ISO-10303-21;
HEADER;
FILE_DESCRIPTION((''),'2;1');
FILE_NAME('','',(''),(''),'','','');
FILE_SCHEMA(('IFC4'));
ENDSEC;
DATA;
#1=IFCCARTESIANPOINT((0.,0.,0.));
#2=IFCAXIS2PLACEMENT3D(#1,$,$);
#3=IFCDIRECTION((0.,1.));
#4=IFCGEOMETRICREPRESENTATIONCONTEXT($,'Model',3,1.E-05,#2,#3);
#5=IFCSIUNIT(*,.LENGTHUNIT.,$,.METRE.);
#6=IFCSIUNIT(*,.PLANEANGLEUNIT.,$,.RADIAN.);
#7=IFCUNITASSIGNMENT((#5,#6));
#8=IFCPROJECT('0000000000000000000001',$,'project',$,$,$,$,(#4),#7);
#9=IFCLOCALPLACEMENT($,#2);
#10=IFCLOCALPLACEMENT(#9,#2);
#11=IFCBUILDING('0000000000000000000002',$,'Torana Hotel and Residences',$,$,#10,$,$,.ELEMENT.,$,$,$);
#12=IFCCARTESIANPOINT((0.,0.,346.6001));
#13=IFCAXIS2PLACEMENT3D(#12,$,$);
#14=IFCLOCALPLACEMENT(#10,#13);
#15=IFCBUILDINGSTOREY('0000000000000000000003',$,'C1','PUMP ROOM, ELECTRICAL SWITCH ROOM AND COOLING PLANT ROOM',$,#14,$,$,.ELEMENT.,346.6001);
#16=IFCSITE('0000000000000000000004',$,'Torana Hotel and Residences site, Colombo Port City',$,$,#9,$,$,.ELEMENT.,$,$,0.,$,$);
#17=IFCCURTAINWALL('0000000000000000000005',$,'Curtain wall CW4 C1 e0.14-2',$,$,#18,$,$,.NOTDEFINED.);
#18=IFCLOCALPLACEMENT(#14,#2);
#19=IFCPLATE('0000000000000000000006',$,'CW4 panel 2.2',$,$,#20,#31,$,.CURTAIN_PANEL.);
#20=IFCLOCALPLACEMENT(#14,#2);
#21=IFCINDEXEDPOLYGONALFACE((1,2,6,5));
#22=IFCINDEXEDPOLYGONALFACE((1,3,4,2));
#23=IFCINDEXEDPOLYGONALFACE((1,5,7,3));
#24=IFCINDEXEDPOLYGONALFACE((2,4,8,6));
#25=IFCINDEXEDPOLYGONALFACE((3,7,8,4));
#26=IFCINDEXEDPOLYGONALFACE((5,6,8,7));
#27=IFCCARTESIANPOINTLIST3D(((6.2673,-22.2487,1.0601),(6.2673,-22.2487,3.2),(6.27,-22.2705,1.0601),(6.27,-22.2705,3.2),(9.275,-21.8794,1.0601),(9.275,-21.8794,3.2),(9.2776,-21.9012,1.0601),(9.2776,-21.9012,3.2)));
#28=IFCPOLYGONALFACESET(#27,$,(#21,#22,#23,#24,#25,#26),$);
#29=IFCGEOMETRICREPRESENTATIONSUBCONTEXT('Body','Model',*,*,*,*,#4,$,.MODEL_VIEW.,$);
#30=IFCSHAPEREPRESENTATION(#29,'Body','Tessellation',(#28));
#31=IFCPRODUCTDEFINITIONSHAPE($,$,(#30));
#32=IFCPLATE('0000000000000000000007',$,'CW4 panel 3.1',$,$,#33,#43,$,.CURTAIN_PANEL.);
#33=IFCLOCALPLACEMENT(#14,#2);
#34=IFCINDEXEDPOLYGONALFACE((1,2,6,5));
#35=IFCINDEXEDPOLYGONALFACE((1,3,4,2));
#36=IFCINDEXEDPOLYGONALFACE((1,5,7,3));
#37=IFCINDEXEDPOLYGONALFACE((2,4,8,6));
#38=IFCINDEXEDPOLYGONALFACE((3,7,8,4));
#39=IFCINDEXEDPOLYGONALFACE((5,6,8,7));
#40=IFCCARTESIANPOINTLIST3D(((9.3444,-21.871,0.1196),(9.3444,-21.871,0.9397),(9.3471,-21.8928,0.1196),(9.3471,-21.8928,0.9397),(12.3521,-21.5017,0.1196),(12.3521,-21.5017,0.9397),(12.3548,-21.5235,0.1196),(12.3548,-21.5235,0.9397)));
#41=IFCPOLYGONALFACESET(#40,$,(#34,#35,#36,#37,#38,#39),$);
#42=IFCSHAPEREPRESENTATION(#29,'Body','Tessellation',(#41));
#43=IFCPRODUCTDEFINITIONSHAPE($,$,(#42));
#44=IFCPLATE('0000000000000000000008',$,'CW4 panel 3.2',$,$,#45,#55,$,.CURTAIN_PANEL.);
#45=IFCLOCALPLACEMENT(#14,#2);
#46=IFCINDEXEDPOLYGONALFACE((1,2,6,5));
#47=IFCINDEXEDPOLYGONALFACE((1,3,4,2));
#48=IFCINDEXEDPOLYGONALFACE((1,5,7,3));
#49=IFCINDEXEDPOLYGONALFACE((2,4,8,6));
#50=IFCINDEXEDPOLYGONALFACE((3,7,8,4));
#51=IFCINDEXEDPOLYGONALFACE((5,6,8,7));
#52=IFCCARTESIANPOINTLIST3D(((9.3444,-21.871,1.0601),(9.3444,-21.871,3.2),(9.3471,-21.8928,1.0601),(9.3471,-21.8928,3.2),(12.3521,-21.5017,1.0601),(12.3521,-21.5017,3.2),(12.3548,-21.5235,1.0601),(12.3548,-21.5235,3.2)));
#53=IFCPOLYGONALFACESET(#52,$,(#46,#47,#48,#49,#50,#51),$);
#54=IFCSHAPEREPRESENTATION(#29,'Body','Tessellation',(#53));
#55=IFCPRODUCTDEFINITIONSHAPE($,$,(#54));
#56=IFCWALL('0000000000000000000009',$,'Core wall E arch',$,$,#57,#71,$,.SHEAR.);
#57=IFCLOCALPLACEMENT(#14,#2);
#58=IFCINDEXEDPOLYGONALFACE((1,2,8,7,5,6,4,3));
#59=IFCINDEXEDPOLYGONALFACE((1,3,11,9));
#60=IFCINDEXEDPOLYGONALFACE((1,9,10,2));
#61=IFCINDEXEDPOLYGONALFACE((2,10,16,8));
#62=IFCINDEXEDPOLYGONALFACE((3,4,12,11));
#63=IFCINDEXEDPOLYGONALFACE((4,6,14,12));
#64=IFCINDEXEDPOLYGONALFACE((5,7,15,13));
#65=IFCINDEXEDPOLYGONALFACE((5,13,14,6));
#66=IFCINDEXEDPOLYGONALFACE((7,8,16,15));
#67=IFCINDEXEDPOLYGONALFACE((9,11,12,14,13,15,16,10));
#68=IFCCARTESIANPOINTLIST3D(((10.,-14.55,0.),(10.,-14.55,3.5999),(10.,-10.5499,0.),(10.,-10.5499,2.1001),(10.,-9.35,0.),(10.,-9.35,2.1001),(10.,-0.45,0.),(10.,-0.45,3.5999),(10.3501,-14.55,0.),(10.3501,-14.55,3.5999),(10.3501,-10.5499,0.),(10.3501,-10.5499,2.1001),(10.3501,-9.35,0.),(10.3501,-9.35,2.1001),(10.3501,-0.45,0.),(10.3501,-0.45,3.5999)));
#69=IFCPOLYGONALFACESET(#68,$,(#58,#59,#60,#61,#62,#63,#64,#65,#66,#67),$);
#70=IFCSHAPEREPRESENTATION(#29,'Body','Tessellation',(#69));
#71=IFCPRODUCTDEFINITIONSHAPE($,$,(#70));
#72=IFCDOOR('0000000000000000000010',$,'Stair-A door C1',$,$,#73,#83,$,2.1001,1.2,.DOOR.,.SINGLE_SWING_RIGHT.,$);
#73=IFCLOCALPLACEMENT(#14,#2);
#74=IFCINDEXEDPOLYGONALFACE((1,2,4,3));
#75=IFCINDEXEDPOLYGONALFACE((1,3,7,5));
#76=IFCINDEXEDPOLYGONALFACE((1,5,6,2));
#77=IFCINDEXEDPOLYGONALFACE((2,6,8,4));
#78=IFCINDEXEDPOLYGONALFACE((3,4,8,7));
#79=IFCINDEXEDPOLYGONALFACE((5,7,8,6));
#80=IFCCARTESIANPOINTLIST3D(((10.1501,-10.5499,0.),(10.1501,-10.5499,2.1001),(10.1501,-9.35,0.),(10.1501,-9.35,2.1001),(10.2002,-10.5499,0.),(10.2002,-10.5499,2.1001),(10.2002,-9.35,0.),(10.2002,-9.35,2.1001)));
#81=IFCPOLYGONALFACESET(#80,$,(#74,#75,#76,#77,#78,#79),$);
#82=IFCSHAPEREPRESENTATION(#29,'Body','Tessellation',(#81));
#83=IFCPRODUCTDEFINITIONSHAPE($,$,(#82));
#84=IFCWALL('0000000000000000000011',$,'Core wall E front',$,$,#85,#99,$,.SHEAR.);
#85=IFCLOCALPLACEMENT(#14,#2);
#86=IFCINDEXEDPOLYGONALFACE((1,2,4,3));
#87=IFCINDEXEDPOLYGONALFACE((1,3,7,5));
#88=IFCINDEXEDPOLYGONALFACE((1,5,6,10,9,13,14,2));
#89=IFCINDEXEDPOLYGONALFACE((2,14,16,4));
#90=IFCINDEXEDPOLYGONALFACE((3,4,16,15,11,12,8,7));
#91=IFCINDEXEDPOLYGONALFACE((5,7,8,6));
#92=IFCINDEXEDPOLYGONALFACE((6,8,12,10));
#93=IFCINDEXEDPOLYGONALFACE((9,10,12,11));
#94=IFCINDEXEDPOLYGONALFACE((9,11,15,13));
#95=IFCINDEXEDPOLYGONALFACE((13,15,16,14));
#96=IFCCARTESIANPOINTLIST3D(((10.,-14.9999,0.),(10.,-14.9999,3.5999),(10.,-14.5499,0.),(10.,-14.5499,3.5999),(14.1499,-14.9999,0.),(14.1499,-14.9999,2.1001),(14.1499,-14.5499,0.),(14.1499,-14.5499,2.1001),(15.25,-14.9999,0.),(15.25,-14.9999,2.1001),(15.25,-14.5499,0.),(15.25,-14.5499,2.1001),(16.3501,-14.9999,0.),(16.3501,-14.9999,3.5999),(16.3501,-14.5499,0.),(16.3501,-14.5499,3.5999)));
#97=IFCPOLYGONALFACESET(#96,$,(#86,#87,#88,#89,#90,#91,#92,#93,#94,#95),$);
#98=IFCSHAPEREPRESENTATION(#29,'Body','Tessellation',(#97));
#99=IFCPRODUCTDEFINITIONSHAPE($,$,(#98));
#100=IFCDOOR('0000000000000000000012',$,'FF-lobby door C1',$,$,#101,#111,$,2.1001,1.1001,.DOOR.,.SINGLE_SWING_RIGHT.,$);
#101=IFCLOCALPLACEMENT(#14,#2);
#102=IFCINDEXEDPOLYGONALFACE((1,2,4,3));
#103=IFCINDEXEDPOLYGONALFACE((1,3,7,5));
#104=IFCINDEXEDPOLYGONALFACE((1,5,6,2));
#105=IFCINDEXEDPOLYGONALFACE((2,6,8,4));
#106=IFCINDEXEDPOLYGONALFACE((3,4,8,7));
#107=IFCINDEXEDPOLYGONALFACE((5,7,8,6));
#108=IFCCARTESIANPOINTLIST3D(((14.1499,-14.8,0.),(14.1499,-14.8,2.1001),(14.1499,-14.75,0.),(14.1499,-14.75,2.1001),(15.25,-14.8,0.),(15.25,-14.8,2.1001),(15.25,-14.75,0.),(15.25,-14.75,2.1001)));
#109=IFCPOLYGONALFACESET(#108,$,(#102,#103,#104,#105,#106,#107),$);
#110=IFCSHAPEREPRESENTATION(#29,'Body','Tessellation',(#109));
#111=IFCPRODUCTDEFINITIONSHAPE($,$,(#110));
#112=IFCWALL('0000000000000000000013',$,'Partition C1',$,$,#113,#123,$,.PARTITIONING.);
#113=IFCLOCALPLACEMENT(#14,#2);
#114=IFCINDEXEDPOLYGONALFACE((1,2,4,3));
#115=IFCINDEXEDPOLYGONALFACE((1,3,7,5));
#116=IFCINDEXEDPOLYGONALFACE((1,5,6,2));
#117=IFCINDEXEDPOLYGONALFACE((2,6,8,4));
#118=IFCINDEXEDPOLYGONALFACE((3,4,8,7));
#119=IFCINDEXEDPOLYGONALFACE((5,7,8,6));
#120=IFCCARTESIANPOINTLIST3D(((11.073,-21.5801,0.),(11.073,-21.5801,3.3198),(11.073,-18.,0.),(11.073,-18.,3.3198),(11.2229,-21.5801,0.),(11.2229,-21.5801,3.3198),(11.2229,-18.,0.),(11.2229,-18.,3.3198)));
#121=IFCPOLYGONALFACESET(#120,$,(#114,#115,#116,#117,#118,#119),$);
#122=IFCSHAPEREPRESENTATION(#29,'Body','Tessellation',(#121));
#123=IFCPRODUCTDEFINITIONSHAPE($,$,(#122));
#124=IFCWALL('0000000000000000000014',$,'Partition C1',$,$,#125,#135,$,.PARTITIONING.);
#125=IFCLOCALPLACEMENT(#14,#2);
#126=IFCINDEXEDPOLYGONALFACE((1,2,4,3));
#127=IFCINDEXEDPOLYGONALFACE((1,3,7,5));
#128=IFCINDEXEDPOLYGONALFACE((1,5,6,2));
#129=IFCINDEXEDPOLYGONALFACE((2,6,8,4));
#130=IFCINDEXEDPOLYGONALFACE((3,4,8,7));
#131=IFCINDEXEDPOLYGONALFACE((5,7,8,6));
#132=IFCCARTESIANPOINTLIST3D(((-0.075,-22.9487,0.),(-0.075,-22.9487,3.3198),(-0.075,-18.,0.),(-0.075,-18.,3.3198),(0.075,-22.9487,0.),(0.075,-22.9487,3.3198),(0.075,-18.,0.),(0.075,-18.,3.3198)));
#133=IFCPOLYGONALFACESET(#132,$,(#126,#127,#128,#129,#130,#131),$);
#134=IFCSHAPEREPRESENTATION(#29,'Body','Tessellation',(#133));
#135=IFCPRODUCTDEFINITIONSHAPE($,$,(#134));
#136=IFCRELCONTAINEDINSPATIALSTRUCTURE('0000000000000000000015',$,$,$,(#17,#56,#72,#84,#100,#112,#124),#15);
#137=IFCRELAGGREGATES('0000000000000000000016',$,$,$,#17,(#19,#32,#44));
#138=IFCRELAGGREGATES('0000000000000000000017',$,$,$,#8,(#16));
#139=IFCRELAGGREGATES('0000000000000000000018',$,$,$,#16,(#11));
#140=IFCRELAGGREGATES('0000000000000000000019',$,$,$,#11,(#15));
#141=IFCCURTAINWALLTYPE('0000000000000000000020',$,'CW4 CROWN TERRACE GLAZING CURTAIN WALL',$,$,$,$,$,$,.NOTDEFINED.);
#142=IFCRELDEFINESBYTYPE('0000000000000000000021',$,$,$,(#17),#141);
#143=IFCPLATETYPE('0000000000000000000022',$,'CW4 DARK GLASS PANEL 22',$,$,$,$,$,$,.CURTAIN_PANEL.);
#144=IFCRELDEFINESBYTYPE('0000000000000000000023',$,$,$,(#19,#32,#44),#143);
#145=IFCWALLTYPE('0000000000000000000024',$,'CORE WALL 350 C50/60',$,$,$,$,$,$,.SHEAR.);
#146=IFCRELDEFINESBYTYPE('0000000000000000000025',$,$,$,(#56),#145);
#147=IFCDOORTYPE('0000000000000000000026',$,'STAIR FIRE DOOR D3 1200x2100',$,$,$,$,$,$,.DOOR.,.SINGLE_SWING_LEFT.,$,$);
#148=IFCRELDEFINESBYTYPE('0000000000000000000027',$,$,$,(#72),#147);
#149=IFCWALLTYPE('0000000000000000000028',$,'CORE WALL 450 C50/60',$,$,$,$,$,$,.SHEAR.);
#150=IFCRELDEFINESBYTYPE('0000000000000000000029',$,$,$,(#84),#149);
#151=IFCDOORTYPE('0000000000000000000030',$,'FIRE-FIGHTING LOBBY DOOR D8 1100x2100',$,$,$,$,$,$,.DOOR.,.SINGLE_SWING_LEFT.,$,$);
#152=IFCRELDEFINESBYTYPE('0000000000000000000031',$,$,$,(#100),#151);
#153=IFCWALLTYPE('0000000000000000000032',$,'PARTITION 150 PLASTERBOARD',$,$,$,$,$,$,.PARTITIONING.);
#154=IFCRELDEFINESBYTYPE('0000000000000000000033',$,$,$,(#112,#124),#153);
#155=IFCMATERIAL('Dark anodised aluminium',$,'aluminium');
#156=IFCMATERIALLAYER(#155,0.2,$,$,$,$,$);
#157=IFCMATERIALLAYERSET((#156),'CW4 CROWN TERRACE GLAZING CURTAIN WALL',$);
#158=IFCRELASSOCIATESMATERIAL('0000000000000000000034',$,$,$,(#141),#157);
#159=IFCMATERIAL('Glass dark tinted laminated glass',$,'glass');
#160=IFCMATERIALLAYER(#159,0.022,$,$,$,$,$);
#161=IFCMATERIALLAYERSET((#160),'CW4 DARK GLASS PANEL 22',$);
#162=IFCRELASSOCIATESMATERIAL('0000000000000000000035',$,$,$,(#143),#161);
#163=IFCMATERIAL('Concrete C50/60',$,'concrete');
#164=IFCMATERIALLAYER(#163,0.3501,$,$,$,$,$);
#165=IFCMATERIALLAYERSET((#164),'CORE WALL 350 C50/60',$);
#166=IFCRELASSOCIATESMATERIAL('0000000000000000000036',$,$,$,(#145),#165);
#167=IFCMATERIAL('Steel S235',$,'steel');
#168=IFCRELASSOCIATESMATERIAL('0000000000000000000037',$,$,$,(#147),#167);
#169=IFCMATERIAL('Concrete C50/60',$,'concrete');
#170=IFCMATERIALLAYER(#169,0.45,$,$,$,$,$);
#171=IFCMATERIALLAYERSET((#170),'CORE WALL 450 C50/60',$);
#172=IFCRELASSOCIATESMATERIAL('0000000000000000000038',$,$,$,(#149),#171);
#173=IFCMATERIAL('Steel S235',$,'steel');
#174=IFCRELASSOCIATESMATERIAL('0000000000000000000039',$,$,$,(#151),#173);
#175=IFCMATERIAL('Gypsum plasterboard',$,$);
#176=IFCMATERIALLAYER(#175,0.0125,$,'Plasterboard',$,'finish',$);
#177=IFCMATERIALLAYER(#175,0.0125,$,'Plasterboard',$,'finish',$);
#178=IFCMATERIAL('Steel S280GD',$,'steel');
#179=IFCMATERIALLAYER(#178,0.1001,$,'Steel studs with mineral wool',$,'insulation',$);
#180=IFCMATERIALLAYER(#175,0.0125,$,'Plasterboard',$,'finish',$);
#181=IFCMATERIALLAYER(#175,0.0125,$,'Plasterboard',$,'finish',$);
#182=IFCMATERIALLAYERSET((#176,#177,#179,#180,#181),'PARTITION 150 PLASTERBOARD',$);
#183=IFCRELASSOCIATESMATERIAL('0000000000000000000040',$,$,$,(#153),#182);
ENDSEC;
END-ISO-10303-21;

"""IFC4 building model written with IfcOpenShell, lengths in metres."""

from ifc_helpers import new_model, si_unit, direction, frame, frame_2d, origin, origin_2d, place, context, subcontext, project, spatial, rectangle, extrude, material, layer, layer_set, type_object, element, fill, aggregate, save


model = new_model("IFC4")

# Units and contexts
model_context = context("Model", 3, precision=1e-05, world=origin(), true_north=direction((0.0, 1.0)))
body_context = subcontext(model_context, "Body", "Model", "MODEL_VIEW")
ifc_project = project(units=[si_unit("LENGTHUNIT", "METRE"), si_unit("PLANEANGLEUNIT", "RADIAN")], contexts=[model_context])

# Site, building, storey
site_placement = place(None, origin())
site = spatial("IfcSite", under=ifc_project, at=site_placement, Name="Torana Hotel and Residences site, Colombo Port City", CompositionType="ELEMENT", RefElevation=0.0)
building_placement = place(site_placement, origin())
building = spatial("IfcBuilding", under=site, at=building_placement, Name="Torana Hotel and Residences", CompositionType="ELEMENT")
storey_placement = place(building_placement, frame((0.0, 0.0, 346.6001)))
storey = spatial("IfcBuildingStorey", under=building, at=storey_placement, Name="C1", Description="PUMP ROOM, ELECTRICAL SWITCH ROOM AND COOLING PLANT ROOM", CompositionType="ELEMENT", Elevation=346.6001)

# Shared definitions
ifc_material_1 = material(Name="Dark anodised aluminium", Category="aluminium")
ifc_layer_1 = layer(ifc_material_1, 0.2)
ifc_layer_set_1 = layer_set([ifc_layer_1], Name="CW4 CROWN TERRACE GLAZING CURTAIN WALL")
curtain_wall_type = type_object("IfcCurtainWallType", Name="CW4 CROWN TERRACE GLAZING CURTAIN WALL", PredefinedType="NOTDEFINED", material=ifc_layer_set_1)

# Curtain wall, plates
curtain_wall_1_placement = place(storey_placement, origin())
curtain_wall_1 = element("IfcCurtainWall", 1, at=curtain_wall_1_placement, inside=storey, type_object=curtain_wall_type, Name="Curtain wall CW4 C1 e0.14-2", PredefinedType="NOTDEFINED")
ifc_material_2 = material(Name="Glass dark tinted laminated glass", Category="glass")
ifc_layer_2 = layer(ifc_material_2, 0.022)
ifc_layer_set_2 = layer_set([ifc_layer_2], Name="CW4 DARK GLASS PANEL 22")
plate_type = type_object("IfcPlateType", Name="CW4 DARK GLASS PANEL 22", PredefinedType="CURTAIN_PANEL", material=ifc_layer_set_2)
plate_1_placement = place(storey_placement, frame((7.7725, -22.075, 1.0601), z_axis=(0.0, 0.0, 1.0), x_axis=(0.992547, 0.121865, 0.0)))
plate_1 = element("IfcPlate", 2, at=plate_1_placement, type_object=plate_type, Name="CW4 panel 2.2", PredefinedType="CURTAIN_PANEL", context=body_context, shape_type="SweptSolid", body=[
    extrude(rectangle(XDim=3.0303, YDim=0.022, at=origin_2d()), origin(), (0.0, 0.0, 1.0), 2.1399),
])
plate_2_placement = place(storey_placement, frame((10.8496, -21.6973, 0.1196), z_axis=(0.0, 0.0, 1.0), x_axis=(0.992547, 0.121865, 0.0)))
plate_2 = element("IfcPlate", 3, at=plate_2_placement, type_object=plate_type, Name="CW4 panel 3.1", PredefinedType="CURTAIN_PANEL", context=body_context, shape_type="SweptSolid", body=[
    extrude(rectangle(XDim=3.0303, YDim=0.022, at=origin_2d()), origin(), (0.0, 0.0, 1.0), 0.8201),
])
plate_3_placement = place(storey_placement, frame((10.8496, -21.6973, 1.0601), z_axis=(0.0, 0.0, 1.0), x_axis=(0.992547, 0.121865, 0.0)))
plate_3 = element("IfcPlate", 4, at=plate_3_placement, type_object=plate_type, Name="CW4 panel 3.2", PredefinedType="CURTAIN_PANEL", context=body_context, shape_type="SweptSolid", body=[
    extrude(rectangle(XDim=3.0303, YDim=0.022, at=origin_2d()), origin(), (0.0, 0.0, 1.0), 2.1399),
])
aggregate(curtain_wall_1, [plate_1, plate_2, plate_3])

# Walls, openings, doors
ifc_material_3 = material(Name="Concrete C50/60", Category="concrete")
ifc_layer_3 = layer(ifc_material_3, 0.3501)
ifc_layer_set_3 = layer_set([ifc_layer_3], Name="CORE WALL 350 C50/60")
wall_type_1 = type_object("IfcWallType", Name="CORE WALL 350 C50/60", PredefinedType="SHEAR", material=ifc_layer_set_3)
wall_1_placement = place(storey_placement, frame((10.175, -14.55, 0.0), z_axis=(0.0, 0.0, 1.0), x_axis=(0.0, 1.0, 0.0)))
wall_1 = element("IfcWall", 5, at=wall_1_placement, inside=storey, type_object=wall_type_1, Name="Core wall E arch", PredefinedType="SHEAR", context=body_context, shape_type="SweptSolid", body=[
    extrude(rectangle(XDim=14.1001, YDim=0.3501, at=frame_2d((7.05, 0.0))), origin(), (0.0, 0.0, 1.0), 3.5999),
])
opening_1_placement = place(wall_1_placement, frame((4.0, 0.0, 0.0)))
opening_1 = element("IfcOpeningElement", 6, at=opening_1_placement, cuts=wall_1, PredefinedType="OPENING", context=body_context, shape_type="SweptSolid", body=[
    extrude(rectangle(XDim=1.2, YDim=2.1001, at=frame_2d((0.6001, 1.05))), frame((0.0, 0.1851, 0.0), z_axis=(0.0, -1.0, 0.0), x_axis=(1.0, 0.0, 0.0)), (0.0, 0.0, 1.0), 0.3701),
])
ifc_material_4 = material(Name="Steel S235", Category="steel")
door_type_1 = type_object("IfcDoorType", Name="STAIR FIRE DOOR D3 1200x2100", OperationType="SINGLE_SWING_LEFT", PredefinedType="DOOR", material=ifc_material_4)
door_1_placement = place(opening_1_placement, frame((0.6001, 0.0, 0.0), z_axis=(0.0, 0.0, 1.0), x_axis=(-1.0, 0.0, 0.0)))
door_1 = element("IfcDoor", 7, at=door_1_placement, inside=storey, type_object=door_type_1, Name="Stair-A door C1", OperationType="SINGLE_SWING_RIGHT", OverallHeight=2.1001, OverallWidth=1.2, PredefinedType="DOOR", context=body_context, shape_type="SweptSolid", body=[
    extrude(rectangle(XDim=1.2, YDim=2.1001, at=frame_2d((0.0, 1.05))), frame((0.0, -0.0249, 0.0), z_axis=(0.0, 1.0, 0.0), x_axis=(-1.0, 0.0, 0.0)), (0.0, 0.0, 1.0), 0.05),
])
fill(opening_1, door_1)
ifc_material_5 = material(Name="Concrete C50/60", Category="concrete")
ifc_layer_4 = layer(ifc_material_5, 0.45)
ifc_layer_set_4 = layer_set([ifc_layer_4], Name="CORE WALL 450 C50/60")
wall_type_2 = type_object("IfcWallType", Name="CORE WALL 450 C50/60", PredefinedType="SHEAR", material=ifc_layer_set_4)
wall_2_placement = place(storey_placement, frame((10.0, -14.7749, 0.0), z_axis=(0.0, 0.0, 1.0), x_axis=(1.0, 0.0, 0.0)))
wall_2 = element("IfcWall", 8, at=wall_2_placement, inside=storey, type_object=wall_type_2, Name="Core wall E front", PredefinedType="SHEAR", context=body_context, shape_type="SweptSolid", body=[
    extrude(rectangle(XDim=6.3501, YDim=0.45, at=frame_2d((3.175, 0.0))), origin(), (0.0, 0.0, 1.0), 3.5999),
])
opening_2_placement = place(wall_2_placement, frame((4.1499, 0.0, 0.0)))
opening_2 = element("IfcOpeningElement", 9, at=opening_2_placement, cuts=wall_2, PredefinedType="OPENING", context=body_context, shape_type="SweptSolid", body=[
    extrude(rectangle(XDim=1.1001, YDim=2.1001, at=frame_2d((0.55, 1.05))), frame((0.0, 0.2349, 0.0), z_axis=(0.0, -1.0, 0.0), x_axis=(1.0, 0.0, 0.0)), (0.0, 0.0, 1.0), 0.47),
])
ifc_material_6 = material(Name="Steel S235", Category="steel")
door_type_2 = type_object("IfcDoorType", Name="FIRE-FIGHTING LOBBY DOOR D8 1100x2100", OperationType="SINGLE_SWING_LEFT", PredefinedType="DOOR", material=ifc_material_6)
door_2_placement = place(opening_2_placement, origin())
door_2 = element("IfcDoor", 10, at=door_2_placement, inside=storey, type_object=door_type_2, Name="FF-lobby door C1", OperationType="SINGLE_SWING_RIGHT", OverallHeight=2.1001, OverallWidth=1.1001, PredefinedType="DOOR", context=body_context, shape_type="SweptSolid", body=[
    extrude(rectangle(XDim=1.1001, YDim=2.1001, at=frame_2d((0.55, 1.05))), frame((0.0, 0.0249, 0.0), z_axis=(0.0, -1.0, 0.0), x_axis=(1.0, 0.0, 0.0)), (0.0, 0.0, 1.0), 0.05),
])
fill(opening_2, door_2)

# Walls
ifc_material_7 = material(Name="Gypsum plasterboard")
ifc_layer_5 = layer(ifc_material_7, 0.0125, Name="Plasterboard", Category="finish")
ifc_layer_6 = layer(ifc_material_7, 0.0125, Name="Plasterboard", Category="finish")
ifc_material_8 = material(Name="Steel S280GD", Category="steel")
ifc_layer_7 = layer(ifc_material_8, 0.1001, Name="Steel studs with mineral wool", Category="insulation")
ifc_layer_8 = layer(ifc_material_7, 0.0125, Name="Plasterboard", Category="finish")
ifc_layer_9 = layer(ifc_material_7, 0.0125, Name="Plasterboard", Category="finish")
ifc_layer_set_5 = layer_set([ifc_layer_5, ifc_layer_6, ifc_layer_7, ifc_layer_8, ifc_layer_9], Name="PARTITION 150 PLASTERBOARD")
wall_type_3 = type_object("IfcWallType", Name="PARTITION 150 PLASTERBOARD", PredefinedType="PARTITIONING", material=ifc_layer_set_5)
wall_3_placement = place(storey_placement, frame((11.1479, -21.5801, 0.0), z_axis=(0.0, 0.0, 1.0), x_axis=(0.0, 1.0, 0.0)))
element("IfcWall", 11, at=wall_3_placement, inside=storey, type_object=wall_type_3, Name="Partition C1", PredefinedType="PARTITIONING", context=body_context, shape_type="SweptSolid", body=[
    extrude(rectangle(XDim=3.5801, YDim=0.1499, at=frame_2d((1.79, 0.0))), origin(), (0.0, 0.0, 1.0), 3.3198),
])
wall_4_placement = place(storey_placement, frame((0.0, -22.9487, 0.0), z_axis=(0.0, 0.0, 1.0), x_axis=(0.0, 1.0, 0.0)))
element("IfcWall", 12, at=wall_4_placement, inside=storey, type_object=wall_type_3, Name="Partition C1", PredefinedType="PARTITIONING", context=body_context, shape_type="SweptSolid", body=[
    extrude(rectangle(XDim=4.9487, YDim=0.1499, at=frame_2d((2.4744, 0.0))), origin(), (0.0, 0.0, 1.0), 3.3198),
])

save(model, "model.ifc")
